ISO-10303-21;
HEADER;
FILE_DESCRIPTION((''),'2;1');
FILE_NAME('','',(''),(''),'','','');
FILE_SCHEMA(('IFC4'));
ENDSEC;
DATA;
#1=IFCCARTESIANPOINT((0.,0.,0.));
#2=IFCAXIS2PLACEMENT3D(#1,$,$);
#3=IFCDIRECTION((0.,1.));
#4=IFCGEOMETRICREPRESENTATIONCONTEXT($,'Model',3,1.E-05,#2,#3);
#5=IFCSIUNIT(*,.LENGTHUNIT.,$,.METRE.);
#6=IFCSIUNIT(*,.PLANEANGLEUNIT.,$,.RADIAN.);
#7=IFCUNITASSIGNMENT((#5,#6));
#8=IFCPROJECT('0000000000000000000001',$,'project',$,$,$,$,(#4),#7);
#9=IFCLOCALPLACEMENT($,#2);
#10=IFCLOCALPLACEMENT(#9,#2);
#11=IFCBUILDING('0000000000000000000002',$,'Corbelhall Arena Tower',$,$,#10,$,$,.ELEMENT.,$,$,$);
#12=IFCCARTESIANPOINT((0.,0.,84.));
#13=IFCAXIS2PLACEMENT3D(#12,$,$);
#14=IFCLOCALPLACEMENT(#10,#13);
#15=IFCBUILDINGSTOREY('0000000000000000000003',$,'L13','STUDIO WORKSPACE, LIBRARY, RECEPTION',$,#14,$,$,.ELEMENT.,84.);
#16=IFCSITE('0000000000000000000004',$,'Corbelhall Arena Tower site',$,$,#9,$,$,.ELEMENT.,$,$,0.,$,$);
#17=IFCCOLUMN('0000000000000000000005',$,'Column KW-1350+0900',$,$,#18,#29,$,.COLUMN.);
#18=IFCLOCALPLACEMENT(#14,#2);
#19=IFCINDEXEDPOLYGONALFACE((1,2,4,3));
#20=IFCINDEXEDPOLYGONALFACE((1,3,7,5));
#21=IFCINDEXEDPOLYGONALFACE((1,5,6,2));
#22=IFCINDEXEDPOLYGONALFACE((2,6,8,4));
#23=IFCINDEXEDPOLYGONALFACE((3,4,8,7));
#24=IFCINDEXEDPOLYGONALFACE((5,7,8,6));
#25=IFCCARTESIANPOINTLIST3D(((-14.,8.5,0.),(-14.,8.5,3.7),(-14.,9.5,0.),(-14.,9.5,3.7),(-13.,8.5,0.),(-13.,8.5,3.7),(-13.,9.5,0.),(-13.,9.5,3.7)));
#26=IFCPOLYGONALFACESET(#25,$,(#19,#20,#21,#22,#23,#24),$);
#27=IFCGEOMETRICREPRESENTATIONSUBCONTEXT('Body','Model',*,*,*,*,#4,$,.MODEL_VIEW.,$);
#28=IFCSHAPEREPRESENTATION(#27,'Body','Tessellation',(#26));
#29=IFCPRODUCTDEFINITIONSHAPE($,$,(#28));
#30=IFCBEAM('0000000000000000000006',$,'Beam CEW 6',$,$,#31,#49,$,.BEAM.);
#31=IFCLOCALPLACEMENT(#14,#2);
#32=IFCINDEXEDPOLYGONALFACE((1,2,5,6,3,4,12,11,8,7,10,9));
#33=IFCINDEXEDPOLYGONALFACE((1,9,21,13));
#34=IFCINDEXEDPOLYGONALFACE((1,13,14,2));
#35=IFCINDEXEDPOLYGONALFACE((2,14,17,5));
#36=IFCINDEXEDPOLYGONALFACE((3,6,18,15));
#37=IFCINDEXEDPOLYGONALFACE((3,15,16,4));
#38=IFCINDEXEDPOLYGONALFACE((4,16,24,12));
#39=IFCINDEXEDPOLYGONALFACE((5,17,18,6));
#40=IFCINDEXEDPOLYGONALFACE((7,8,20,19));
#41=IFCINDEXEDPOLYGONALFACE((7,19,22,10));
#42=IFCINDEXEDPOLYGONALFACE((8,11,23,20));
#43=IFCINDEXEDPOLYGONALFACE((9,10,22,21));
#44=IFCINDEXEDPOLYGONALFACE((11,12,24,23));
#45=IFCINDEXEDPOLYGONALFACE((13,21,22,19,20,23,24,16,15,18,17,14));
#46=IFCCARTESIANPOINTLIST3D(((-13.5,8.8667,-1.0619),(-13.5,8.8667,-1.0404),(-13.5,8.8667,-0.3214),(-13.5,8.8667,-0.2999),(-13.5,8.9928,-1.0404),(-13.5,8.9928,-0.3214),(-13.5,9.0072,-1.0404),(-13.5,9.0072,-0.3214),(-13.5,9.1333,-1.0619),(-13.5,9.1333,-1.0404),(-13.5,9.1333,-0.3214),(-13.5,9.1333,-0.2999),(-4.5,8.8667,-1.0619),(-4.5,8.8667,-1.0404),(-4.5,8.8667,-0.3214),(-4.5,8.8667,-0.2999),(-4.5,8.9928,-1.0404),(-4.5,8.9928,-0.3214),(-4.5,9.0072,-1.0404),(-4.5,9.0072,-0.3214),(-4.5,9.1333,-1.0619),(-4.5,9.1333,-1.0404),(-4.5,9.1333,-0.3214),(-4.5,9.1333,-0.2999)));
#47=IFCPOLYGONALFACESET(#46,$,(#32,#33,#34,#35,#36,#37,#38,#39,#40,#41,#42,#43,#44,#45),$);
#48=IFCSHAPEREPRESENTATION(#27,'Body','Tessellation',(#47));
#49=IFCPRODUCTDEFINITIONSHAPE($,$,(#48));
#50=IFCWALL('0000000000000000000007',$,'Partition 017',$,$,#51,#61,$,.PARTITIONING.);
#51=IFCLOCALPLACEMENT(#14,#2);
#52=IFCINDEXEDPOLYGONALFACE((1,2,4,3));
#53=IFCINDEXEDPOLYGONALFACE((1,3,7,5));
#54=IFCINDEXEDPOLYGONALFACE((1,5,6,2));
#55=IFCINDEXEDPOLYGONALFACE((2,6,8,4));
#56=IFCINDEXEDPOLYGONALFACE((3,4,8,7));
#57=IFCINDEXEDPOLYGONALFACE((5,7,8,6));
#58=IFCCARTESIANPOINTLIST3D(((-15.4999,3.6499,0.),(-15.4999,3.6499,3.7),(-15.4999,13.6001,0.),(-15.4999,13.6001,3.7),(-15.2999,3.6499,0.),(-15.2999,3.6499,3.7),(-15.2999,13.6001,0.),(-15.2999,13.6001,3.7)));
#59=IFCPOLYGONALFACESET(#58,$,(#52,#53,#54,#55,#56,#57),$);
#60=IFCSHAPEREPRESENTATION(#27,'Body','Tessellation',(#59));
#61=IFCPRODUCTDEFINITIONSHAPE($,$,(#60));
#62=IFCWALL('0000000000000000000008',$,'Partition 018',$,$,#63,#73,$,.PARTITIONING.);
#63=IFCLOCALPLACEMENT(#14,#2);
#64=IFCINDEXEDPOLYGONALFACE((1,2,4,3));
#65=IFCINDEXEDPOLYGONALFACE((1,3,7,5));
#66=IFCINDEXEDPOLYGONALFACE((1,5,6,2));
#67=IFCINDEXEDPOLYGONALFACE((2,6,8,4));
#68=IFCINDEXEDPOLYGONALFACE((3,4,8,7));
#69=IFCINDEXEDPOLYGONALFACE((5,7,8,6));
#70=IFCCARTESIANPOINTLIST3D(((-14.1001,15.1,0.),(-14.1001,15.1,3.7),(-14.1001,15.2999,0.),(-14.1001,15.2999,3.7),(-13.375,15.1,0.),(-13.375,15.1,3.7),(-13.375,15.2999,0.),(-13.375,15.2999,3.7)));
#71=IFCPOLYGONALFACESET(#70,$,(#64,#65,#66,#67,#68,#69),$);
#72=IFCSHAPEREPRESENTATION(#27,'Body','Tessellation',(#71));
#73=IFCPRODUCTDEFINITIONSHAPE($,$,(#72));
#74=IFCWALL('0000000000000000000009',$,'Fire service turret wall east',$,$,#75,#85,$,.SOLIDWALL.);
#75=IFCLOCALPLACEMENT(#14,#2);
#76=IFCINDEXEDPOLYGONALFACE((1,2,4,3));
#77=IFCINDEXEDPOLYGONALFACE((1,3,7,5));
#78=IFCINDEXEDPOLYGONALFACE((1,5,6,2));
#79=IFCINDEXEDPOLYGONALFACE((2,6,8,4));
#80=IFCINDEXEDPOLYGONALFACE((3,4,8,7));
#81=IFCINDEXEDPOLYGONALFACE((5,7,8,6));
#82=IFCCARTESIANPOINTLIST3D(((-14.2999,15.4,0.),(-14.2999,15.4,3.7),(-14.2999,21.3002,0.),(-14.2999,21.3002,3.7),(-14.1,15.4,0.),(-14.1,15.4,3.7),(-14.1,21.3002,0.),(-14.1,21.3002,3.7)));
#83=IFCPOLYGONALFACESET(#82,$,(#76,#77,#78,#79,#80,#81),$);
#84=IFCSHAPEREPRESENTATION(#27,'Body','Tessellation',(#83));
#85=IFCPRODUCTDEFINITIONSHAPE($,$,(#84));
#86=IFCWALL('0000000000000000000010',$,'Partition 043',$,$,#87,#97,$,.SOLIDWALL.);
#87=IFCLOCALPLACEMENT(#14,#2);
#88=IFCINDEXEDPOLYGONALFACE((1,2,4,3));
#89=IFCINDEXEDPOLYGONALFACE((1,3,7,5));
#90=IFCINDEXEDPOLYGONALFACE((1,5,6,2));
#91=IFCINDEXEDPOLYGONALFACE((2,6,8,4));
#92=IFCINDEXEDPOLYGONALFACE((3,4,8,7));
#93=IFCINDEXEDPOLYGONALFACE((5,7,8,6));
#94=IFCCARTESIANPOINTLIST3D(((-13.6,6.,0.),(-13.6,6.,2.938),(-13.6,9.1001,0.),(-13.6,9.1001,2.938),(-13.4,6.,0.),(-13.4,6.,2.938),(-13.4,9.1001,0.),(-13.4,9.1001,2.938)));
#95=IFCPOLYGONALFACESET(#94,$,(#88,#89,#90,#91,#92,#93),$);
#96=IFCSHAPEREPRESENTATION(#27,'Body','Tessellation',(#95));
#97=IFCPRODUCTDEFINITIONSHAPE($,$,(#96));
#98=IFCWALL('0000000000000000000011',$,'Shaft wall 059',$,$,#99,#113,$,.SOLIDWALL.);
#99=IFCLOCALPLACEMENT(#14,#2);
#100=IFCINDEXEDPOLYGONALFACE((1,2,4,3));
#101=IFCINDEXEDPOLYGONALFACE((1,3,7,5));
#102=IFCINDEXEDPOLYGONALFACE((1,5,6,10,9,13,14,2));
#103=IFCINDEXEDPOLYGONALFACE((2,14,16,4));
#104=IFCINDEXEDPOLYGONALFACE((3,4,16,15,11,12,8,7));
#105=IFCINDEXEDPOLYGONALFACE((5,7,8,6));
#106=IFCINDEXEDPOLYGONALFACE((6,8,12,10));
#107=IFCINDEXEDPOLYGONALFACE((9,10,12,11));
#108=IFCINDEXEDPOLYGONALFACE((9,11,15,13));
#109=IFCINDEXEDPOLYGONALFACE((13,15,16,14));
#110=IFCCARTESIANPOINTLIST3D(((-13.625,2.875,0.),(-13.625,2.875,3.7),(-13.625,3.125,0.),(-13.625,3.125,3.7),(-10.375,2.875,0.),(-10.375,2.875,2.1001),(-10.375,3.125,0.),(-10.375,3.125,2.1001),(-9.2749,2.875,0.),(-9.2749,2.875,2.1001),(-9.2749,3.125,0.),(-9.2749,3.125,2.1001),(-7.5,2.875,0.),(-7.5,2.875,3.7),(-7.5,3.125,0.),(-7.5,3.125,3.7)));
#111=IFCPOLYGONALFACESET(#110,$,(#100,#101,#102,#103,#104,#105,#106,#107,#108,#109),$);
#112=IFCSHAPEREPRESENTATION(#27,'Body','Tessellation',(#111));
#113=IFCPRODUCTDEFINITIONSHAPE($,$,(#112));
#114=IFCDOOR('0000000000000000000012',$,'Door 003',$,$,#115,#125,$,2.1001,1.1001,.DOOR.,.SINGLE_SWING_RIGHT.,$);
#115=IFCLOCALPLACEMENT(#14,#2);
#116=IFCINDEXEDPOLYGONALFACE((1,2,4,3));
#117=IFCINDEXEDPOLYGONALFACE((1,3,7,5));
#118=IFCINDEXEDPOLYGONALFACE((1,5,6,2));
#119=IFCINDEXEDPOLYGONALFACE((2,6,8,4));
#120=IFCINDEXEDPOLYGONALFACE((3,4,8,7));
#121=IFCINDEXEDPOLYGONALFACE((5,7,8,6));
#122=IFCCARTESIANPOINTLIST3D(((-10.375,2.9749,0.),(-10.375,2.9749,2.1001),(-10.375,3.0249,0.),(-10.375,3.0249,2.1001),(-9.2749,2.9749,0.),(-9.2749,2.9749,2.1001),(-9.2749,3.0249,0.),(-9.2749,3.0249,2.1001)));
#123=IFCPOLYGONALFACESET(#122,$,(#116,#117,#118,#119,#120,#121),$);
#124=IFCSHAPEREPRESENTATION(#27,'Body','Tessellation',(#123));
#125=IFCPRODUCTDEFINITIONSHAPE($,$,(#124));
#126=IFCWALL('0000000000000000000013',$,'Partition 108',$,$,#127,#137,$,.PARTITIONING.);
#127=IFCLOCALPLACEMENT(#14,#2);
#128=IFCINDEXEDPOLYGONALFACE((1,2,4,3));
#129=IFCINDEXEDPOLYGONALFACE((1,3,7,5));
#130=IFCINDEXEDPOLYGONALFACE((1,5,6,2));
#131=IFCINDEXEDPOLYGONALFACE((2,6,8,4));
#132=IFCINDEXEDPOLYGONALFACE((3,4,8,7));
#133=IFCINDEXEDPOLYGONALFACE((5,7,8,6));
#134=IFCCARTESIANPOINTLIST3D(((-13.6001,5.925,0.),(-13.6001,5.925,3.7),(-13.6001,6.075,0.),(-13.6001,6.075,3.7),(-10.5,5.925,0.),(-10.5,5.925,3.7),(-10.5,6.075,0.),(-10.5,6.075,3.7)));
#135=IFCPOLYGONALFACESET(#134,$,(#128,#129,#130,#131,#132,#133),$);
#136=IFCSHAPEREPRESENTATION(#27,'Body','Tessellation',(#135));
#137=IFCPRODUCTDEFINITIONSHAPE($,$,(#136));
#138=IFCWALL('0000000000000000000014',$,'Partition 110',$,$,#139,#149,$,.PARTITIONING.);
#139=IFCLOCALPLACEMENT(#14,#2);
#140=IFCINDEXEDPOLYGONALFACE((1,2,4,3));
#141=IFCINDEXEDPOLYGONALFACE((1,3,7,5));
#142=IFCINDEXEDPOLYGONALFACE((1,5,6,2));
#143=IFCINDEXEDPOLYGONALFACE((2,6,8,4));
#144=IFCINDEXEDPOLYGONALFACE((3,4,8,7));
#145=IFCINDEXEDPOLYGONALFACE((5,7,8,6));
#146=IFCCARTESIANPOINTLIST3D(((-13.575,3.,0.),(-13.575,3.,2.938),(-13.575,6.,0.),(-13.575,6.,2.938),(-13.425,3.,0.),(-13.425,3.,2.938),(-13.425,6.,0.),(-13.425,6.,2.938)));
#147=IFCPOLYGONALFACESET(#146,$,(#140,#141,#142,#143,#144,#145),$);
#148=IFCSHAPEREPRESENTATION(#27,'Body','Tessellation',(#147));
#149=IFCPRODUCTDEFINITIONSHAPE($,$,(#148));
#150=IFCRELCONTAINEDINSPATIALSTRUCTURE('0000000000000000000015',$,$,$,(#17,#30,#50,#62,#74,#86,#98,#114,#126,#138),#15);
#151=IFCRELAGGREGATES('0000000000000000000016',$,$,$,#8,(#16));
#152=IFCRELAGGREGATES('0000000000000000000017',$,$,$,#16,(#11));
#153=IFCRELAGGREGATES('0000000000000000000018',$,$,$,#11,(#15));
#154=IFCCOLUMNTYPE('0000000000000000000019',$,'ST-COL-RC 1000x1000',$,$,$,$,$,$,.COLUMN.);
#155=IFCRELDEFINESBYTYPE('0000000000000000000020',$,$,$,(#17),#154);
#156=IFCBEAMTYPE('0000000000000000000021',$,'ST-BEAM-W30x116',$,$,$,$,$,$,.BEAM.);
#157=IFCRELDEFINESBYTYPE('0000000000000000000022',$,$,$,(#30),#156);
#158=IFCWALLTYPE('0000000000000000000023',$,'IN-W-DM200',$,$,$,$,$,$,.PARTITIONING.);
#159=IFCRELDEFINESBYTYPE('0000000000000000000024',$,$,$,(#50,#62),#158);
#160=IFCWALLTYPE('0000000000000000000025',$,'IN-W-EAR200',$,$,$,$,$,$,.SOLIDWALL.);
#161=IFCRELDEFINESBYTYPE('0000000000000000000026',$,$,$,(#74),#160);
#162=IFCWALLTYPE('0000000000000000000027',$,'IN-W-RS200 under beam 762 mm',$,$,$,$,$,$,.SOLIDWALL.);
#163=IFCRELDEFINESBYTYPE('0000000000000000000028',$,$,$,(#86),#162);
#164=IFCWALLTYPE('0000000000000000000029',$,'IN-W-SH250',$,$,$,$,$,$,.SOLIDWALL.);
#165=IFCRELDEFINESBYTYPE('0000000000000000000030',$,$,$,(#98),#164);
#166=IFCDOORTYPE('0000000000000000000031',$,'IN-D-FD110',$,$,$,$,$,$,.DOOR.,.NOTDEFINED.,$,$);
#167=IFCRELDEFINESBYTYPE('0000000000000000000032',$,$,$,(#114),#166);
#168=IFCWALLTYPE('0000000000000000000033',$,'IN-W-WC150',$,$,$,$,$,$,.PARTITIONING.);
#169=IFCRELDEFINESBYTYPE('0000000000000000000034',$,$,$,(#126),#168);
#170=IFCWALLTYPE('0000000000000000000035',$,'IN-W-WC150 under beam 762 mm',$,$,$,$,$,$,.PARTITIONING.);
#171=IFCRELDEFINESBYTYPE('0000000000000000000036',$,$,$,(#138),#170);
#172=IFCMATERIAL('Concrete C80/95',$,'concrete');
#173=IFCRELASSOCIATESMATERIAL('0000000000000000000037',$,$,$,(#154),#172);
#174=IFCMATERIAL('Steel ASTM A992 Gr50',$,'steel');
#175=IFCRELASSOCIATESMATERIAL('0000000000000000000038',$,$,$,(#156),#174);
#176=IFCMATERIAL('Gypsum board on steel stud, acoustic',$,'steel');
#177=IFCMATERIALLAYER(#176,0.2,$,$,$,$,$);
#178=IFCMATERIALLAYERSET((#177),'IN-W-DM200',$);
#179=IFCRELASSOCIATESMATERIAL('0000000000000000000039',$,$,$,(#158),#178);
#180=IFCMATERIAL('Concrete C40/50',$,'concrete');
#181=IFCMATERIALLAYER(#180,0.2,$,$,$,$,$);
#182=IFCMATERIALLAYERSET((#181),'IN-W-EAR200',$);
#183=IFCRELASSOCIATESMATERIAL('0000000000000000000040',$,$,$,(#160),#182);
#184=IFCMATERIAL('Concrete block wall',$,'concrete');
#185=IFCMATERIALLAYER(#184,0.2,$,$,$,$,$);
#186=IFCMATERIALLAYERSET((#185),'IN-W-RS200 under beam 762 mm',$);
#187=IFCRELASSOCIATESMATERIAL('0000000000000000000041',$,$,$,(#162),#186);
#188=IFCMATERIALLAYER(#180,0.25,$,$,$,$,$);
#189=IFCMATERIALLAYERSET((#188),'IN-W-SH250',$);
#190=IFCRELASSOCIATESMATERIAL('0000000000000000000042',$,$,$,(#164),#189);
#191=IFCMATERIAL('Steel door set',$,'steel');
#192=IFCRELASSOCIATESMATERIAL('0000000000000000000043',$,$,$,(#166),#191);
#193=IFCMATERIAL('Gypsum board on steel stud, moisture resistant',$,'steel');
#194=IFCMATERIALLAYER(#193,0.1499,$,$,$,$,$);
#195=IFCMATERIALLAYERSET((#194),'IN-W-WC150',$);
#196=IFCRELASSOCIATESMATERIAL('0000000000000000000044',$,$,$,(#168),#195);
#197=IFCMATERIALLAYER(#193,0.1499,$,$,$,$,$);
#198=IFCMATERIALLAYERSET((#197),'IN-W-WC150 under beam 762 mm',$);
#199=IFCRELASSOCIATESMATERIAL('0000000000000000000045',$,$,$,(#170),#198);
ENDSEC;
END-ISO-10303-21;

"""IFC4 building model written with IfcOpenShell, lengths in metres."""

from ifc_helpers import new_model, si_unit, direction, frame, frame_2d, origin, origin_2d, place, context, subcontext, project, spatial, rectangle, i_section, extrude, material, layer, layer_set, material_profile, profile_set, type_object, element, fill, save


model = new_model("IFC4")

# Units and contexts
model_context = context("Model", 3, precision=1e-05, world=origin(), true_north=direction((0.0, 1.0)))
body_context = subcontext(model_context, "Body", "Model", "MODEL_VIEW")
ifc_project = project(units=[si_unit("LENGTHUNIT", "METRE"), si_unit("PLANEANGLEUNIT", "RADIAN")], contexts=[model_context])

# Site, building, storey
site_placement = place(None, origin())
site = spatial("IfcSite", under=ifc_project, at=site_placement, Name="Corbelhall Arena Tower site", CompositionType="ELEMENT", RefElevation=0.0)
building_placement = place(site_placement, origin())
building = spatial("IfcBuilding", under=site, at=building_placement, Name="Corbelhall Arena Tower", CompositionType="ELEMENT")
storey_placement = place(building_placement, frame((0.0, 0.0, 84.0)))
storey = spatial("IfcBuildingStorey", under=building, at=storey_placement, Name="L13", Description="STUDIO WORKSPACE, LIBRARY, RECEPTION", CompositionType="ELEMENT", Elevation=84.0)

# Column
ifc_material_1 = material(Name="Concrete C80/95", Category="concrete")
ifc_material_profile_1 = material_profile(ifc_material_1, rectangle(XDim=1.0, YDim=1.0, at=origin_2d()))
ifc_profile_set_1 = profile_set([ifc_material_profile_1], Name="Concrete C80/95")
column_type = type_object("IfcColumnType", Name="ST-COL-RC 1000x1000", PredefinedType="COLUMN", material=ifc_profile_set_1)
column_placement = place(storey_placement, frame((-13.5, 9.0, 0.0), z_axis=(0.0, 0.0, 1.0), x_axis=(1.0, 0.0, 0.0)))
element("IfcColumn", 1, at=column_placement, inside=storey, type_object=column_type, Name="Column KW-1350+0900", PredefinedType="COLUMN", context=body_context, shape_type="SweptSolid", body=[
    extrude(rectangle(XDim=1.0, YDim=1.0, at=origin_2d()), origin(), (0.0, 0.0, 1.0), 3.7),
])

# Beam
ifc_material_2 = material(Name="Steel ASTM A992 Gr50", Category="steel")
ifc_material_profile_2 = material_profile(ifc_material_2, i_section(OverallWidth=0.2666, OverallDepth=0.762, WebThickness=0.0144, FlangeThickness=0.0215, at=origin_2d()))
ifc_profile_set_2 = profile_set([ifc_material_profile_2], Name="Steel ASTM A992 Gr50")
beam_type = type_object("IfcBeamType", Name="ST-BEAM-W30x116", PredefinedType="BEAM", material=ifc_profile_set_2)
beam_placement = place(storey_placement, frame((-13.5, 9.0, -0.6809), z_axis=(1.0, 0.0, 0.0), x_axis=(0.0, 1.0, 0.0)))
element("IfcBeam", 2, at=beam_placement, inside=storey, type_object=beam_type, Name="Beam CEW 6", PredefinedType="BEAM", context=body_context, shape_type="SweptSolid", body=[
    extrude(i_section(OverallWidth=0.2666, OverallDepth=0.762, WebThickness=0.0144, FlangeThickness=0.0215, at=origin_2d()), origin(), (0.0, 0.0, 1.0), 9.0),
])

# Shared definitions
ifc_material_3 = material(Name="Gypsum board on steel stud, acoustic", Category="steel")
ifc_layer_1 = layer(ifc_material_3, 0.2)
ifc_layer_set_1 = layer_set([ifc_layer_1], Name="IN-W-DM200")
wall_type_1 = type_object("IfcWallType", Name="IN-W-DM200", PredefinedType="PARTITIONING", material=ifc_layer_set_1)
ifc_material_4 = material(Name="Steel door set", Category="steel")

# Walls
wall_1_placement = place(storey_placement, frame((-15.3999, 3.6499, 0.0), z_axis=(0.0, 0.0, 1.0), x_axis=(0.0, 1.0, 0.0)))
element("IfcWall", 3, at=wall_1_placement, inside=storey, type_object=wall_type_1, Name="Partition 017", PredefinedType="PARTITIONING", context=body_context, shape_type="SweptSolid", body=[
    extrude(rectangle(XDim=9.9502, YDim=0.2, at=frame_2d((4.9751, 0.0))), origin(), (0.0, 0.0, 1.0), 3.7),
])
wall_2_placement = place(storey_placement, frame((-14.1001, 15.2, 0.0), z_axis=(0.0, 0.0, 1.0), x_axis=(1.0, 0.0, 0.0)))
element("IfcWall", 4, at=wall_2_placement, inside=storey, type_object=wall_type_1, Name="Partition 018", PredefinedType="PARTITIONING", context=body_context, shape_type="SweptSolid", body=[
    extrude(rectangle(XDim=0.7251, YDim=0.2, at=frame_2d((0.3625, 0.0))), origin(), (0.0, 0.0, 1.0), 3.7),
])
ifc_material_5 = material(Name="Concrete C40/50", Category="concrete")
ifc_layer_2 = layer(ifc_material_5, 0.2)
ifc_layer_set_2 = layer_set([ifc_layer_2], Name="IN-W-EAR200")
wall_type_2 = type_object("IfcWallType", Name="IN-W-EAR200", PredefinedType="SOLIDWALL", material=ifc_layer_set_2)
wall_3_placement = place(storey_placement, frame((-14.2, 15.3999, 0.0), z_axis=(0.0, 0.0, 1.0), x_axis=(0.0, 1.0, 0.0)))
element("IfcWall", 5, at=wall_3_placement, inside=storey, type_object=wall_type_2, Name="Fire service turret wall east", PredefinedType="SOLIDWALL", context=body_context, shape_type="SweptSolid", body=[
    extrude(rectangle(XDim=5.9001, YDim=0.2, at=frame_2d((2.9502, 0.0))), origin(), (0.0, 0.0, 1.0), 3.7),
])

# Wall
ifc_material_6 = material(Name="Concrete block wall", Category="concrete")
ifc_layer_3 = layer(ifc_material_6, 0.2)
ifc_layer_set_3 = layer_set([ifc_layer_3], Name="IN-W-RS200 under beam 762 mm")
wall_type_3 = type_object("IfcWallType", Name="IN-W-RS200 under beam 762 mm", PredefinedType="SOLIDWALL", material=ifc_layer_set_3)
wall_4_placement = place(storey_placement, frame((-13.5, 6.0, 0.0), z_axis=(0.0, 0.0, 1.0), x_axis=(0.0, 1.0, 0.0)))
element("IfcWall", 6, at=wall_4_placement, inside=storey, type_object=wall_type_3, Name="Partition 043", PredefinedType="SOLIDWALL", context=body_context, shape_type="SweptSolid", body=[
    extrude(rectangle(XDim=3.1001, YDim=0.2, at=frame_2d((1.55, 0.0))), origin(), (0.0, 0.0, 1.0), 2.938),
])

# Wall, opening, door
ifc_layer_4 = layer(ifc_material_5, 0.25)
ifc_layer_set_4 = layer_set([ifc_layer_4], Name="IN-W-SH250")
wall_type_4 = type_object("IfcWallType", Name="IN-W-SH250", PredefinedType="SOLIDWALL", material=ifc_layer_set_4)
wall_5_placement = place(storey_placement, frame((-13.625, 3.0, 0.0), z_axis=(0.0, 0.0, 1.0), x_axis=(1.0, 0.0, 0.0)))
wall_5 = element("IfcWall", 7, at=wall_5_placement, inside=storey, type_object=wall_type_4, Name="Shaft wall 059", PredefinedType="SOLIDWALL", context=body_context, shape_type="SweptSolid", body=[
    extrude(rectangle(XDim=6.125, YDim=0.25, at=frame_2d((3.0625, 0.0))), origin(), (0.0, 0.0, 1.0), 3.7),
])
opening_1_placement = place(wall_5_placement, frame((3.25, 0.0, 0.0)))
opening_1 = element("IfcOpeningElement", 8, at=opening_1_placement, cuts=wall_5, PredefinedType="OPENING", context=body_context, shape_type="SweptSolid", body=[
    extrude(rectangle(XDim=1.1001, YDim=2.1001, at=frame_2d((0.55, 1.05))), frame((0.0, 0.125, 0.0), z_axis=(0.0, -1.0, 0.0), x_axis=(1.0, 0.0, 0.0)), (0.0, 0.0, 1.0), 0.25),
])
door_type_1 = type_object("IfcDoorType", Name="IN-D-FD110", OperationType="NOTDEFINED", PredefinedType="DOOR", material=ifc_material_4)
door_1_placement = place(opening_1_placement, origin())
door_1 = element("IfcDoor", 9, at=door_1_placement, inside=storey, type_object=door_type_1, Name="Door 003", OperationType="SINGLE_SWING_RIGHT", OverallHeight=2.1001, OverallWidth=1.1001, PredefinedType="DOOR", context=body_context, shape_type="SweptSolid", body=[
    extrude(rectangle(XDim=1.1001, YDim=2.1001, at=frame_2d((0.55, 1.05))), frame((0.0, 0.0249, 0.0), z_axis=(0.0, -1.0, 0.0), x_axis=(1.0, 0.0, 0.0)), (0.0, 0.0, 1.0), 0.05),
])
fill(opening_1, door_1)

# Walls
ifc_material_7 = material(Name="Gypsum board on steel stud, moisture resistant", Category="steel")
ifc_layer_5 = layer(ifc_material_7, 0.1499)
ifc_layer_set_5 = layer_set([ifc_layer_5], Name="IN-W-WC150")
wall_type_5 = type_object("IfcWallType", Name="IN-W-WC150", PredefinedType="PARTITIONING", material=ifc_layer_set_5)
wall_6_placement = place(storey_placement, frame((-13.6001, 6.0, 0.0), z_axis=(0.0, 0.0, 1.0), x_axis=(1.0, 0.0, 0.0)))
element("IfcWall", 10, at=wall_6_placement, inside=storey, type_object=wall_type_5, Name="Partition 108", PredefinedType="PARTITIONING", context=body_context, shape_type="SweptSolid", body=[
    extrude(rectangle(XDim=3.1001, YDim=0.1499, at=frame_2d((1.55, 0.0))), origin(), (0.0, 0.0, 1.0), 3.7),
])
ifc_layer_6 = layer(ifc_material_7, 0.1499)
ifc_layer_set_6 = layer_set([ifc_layer_6], Name="IN-W-WC150 under beam 762 mm")
wall_type_6 = type_object("IfcWallType", Name="IN-W-WC150 under beam 762 mm", PredefinedType="PARTITIONING", material=ifc_layer_set_6)
wall_7_placement = place(storey_placement, frame((-13.5, 3.0, 0.0), z_axis=(0.0, 0.0, 1.0), x_axis=(0.0, 1.0, 0.0)))
element("IfcWall", 11, at=wall_7_placement, inside=storey, type_object=wall_type_6, Name="Partition 110", PredefinedType="PARTITIONING", context=body_context, shape_type="SweptSolid", body=[
    extrude(rectangle(XDim=3.0, YDim=0.1499, at=frame_2d((1.5, 0.0))), origin(), (0.0, 0.0, 1.0), 2.938),
])

save(model, "model.ifc")
